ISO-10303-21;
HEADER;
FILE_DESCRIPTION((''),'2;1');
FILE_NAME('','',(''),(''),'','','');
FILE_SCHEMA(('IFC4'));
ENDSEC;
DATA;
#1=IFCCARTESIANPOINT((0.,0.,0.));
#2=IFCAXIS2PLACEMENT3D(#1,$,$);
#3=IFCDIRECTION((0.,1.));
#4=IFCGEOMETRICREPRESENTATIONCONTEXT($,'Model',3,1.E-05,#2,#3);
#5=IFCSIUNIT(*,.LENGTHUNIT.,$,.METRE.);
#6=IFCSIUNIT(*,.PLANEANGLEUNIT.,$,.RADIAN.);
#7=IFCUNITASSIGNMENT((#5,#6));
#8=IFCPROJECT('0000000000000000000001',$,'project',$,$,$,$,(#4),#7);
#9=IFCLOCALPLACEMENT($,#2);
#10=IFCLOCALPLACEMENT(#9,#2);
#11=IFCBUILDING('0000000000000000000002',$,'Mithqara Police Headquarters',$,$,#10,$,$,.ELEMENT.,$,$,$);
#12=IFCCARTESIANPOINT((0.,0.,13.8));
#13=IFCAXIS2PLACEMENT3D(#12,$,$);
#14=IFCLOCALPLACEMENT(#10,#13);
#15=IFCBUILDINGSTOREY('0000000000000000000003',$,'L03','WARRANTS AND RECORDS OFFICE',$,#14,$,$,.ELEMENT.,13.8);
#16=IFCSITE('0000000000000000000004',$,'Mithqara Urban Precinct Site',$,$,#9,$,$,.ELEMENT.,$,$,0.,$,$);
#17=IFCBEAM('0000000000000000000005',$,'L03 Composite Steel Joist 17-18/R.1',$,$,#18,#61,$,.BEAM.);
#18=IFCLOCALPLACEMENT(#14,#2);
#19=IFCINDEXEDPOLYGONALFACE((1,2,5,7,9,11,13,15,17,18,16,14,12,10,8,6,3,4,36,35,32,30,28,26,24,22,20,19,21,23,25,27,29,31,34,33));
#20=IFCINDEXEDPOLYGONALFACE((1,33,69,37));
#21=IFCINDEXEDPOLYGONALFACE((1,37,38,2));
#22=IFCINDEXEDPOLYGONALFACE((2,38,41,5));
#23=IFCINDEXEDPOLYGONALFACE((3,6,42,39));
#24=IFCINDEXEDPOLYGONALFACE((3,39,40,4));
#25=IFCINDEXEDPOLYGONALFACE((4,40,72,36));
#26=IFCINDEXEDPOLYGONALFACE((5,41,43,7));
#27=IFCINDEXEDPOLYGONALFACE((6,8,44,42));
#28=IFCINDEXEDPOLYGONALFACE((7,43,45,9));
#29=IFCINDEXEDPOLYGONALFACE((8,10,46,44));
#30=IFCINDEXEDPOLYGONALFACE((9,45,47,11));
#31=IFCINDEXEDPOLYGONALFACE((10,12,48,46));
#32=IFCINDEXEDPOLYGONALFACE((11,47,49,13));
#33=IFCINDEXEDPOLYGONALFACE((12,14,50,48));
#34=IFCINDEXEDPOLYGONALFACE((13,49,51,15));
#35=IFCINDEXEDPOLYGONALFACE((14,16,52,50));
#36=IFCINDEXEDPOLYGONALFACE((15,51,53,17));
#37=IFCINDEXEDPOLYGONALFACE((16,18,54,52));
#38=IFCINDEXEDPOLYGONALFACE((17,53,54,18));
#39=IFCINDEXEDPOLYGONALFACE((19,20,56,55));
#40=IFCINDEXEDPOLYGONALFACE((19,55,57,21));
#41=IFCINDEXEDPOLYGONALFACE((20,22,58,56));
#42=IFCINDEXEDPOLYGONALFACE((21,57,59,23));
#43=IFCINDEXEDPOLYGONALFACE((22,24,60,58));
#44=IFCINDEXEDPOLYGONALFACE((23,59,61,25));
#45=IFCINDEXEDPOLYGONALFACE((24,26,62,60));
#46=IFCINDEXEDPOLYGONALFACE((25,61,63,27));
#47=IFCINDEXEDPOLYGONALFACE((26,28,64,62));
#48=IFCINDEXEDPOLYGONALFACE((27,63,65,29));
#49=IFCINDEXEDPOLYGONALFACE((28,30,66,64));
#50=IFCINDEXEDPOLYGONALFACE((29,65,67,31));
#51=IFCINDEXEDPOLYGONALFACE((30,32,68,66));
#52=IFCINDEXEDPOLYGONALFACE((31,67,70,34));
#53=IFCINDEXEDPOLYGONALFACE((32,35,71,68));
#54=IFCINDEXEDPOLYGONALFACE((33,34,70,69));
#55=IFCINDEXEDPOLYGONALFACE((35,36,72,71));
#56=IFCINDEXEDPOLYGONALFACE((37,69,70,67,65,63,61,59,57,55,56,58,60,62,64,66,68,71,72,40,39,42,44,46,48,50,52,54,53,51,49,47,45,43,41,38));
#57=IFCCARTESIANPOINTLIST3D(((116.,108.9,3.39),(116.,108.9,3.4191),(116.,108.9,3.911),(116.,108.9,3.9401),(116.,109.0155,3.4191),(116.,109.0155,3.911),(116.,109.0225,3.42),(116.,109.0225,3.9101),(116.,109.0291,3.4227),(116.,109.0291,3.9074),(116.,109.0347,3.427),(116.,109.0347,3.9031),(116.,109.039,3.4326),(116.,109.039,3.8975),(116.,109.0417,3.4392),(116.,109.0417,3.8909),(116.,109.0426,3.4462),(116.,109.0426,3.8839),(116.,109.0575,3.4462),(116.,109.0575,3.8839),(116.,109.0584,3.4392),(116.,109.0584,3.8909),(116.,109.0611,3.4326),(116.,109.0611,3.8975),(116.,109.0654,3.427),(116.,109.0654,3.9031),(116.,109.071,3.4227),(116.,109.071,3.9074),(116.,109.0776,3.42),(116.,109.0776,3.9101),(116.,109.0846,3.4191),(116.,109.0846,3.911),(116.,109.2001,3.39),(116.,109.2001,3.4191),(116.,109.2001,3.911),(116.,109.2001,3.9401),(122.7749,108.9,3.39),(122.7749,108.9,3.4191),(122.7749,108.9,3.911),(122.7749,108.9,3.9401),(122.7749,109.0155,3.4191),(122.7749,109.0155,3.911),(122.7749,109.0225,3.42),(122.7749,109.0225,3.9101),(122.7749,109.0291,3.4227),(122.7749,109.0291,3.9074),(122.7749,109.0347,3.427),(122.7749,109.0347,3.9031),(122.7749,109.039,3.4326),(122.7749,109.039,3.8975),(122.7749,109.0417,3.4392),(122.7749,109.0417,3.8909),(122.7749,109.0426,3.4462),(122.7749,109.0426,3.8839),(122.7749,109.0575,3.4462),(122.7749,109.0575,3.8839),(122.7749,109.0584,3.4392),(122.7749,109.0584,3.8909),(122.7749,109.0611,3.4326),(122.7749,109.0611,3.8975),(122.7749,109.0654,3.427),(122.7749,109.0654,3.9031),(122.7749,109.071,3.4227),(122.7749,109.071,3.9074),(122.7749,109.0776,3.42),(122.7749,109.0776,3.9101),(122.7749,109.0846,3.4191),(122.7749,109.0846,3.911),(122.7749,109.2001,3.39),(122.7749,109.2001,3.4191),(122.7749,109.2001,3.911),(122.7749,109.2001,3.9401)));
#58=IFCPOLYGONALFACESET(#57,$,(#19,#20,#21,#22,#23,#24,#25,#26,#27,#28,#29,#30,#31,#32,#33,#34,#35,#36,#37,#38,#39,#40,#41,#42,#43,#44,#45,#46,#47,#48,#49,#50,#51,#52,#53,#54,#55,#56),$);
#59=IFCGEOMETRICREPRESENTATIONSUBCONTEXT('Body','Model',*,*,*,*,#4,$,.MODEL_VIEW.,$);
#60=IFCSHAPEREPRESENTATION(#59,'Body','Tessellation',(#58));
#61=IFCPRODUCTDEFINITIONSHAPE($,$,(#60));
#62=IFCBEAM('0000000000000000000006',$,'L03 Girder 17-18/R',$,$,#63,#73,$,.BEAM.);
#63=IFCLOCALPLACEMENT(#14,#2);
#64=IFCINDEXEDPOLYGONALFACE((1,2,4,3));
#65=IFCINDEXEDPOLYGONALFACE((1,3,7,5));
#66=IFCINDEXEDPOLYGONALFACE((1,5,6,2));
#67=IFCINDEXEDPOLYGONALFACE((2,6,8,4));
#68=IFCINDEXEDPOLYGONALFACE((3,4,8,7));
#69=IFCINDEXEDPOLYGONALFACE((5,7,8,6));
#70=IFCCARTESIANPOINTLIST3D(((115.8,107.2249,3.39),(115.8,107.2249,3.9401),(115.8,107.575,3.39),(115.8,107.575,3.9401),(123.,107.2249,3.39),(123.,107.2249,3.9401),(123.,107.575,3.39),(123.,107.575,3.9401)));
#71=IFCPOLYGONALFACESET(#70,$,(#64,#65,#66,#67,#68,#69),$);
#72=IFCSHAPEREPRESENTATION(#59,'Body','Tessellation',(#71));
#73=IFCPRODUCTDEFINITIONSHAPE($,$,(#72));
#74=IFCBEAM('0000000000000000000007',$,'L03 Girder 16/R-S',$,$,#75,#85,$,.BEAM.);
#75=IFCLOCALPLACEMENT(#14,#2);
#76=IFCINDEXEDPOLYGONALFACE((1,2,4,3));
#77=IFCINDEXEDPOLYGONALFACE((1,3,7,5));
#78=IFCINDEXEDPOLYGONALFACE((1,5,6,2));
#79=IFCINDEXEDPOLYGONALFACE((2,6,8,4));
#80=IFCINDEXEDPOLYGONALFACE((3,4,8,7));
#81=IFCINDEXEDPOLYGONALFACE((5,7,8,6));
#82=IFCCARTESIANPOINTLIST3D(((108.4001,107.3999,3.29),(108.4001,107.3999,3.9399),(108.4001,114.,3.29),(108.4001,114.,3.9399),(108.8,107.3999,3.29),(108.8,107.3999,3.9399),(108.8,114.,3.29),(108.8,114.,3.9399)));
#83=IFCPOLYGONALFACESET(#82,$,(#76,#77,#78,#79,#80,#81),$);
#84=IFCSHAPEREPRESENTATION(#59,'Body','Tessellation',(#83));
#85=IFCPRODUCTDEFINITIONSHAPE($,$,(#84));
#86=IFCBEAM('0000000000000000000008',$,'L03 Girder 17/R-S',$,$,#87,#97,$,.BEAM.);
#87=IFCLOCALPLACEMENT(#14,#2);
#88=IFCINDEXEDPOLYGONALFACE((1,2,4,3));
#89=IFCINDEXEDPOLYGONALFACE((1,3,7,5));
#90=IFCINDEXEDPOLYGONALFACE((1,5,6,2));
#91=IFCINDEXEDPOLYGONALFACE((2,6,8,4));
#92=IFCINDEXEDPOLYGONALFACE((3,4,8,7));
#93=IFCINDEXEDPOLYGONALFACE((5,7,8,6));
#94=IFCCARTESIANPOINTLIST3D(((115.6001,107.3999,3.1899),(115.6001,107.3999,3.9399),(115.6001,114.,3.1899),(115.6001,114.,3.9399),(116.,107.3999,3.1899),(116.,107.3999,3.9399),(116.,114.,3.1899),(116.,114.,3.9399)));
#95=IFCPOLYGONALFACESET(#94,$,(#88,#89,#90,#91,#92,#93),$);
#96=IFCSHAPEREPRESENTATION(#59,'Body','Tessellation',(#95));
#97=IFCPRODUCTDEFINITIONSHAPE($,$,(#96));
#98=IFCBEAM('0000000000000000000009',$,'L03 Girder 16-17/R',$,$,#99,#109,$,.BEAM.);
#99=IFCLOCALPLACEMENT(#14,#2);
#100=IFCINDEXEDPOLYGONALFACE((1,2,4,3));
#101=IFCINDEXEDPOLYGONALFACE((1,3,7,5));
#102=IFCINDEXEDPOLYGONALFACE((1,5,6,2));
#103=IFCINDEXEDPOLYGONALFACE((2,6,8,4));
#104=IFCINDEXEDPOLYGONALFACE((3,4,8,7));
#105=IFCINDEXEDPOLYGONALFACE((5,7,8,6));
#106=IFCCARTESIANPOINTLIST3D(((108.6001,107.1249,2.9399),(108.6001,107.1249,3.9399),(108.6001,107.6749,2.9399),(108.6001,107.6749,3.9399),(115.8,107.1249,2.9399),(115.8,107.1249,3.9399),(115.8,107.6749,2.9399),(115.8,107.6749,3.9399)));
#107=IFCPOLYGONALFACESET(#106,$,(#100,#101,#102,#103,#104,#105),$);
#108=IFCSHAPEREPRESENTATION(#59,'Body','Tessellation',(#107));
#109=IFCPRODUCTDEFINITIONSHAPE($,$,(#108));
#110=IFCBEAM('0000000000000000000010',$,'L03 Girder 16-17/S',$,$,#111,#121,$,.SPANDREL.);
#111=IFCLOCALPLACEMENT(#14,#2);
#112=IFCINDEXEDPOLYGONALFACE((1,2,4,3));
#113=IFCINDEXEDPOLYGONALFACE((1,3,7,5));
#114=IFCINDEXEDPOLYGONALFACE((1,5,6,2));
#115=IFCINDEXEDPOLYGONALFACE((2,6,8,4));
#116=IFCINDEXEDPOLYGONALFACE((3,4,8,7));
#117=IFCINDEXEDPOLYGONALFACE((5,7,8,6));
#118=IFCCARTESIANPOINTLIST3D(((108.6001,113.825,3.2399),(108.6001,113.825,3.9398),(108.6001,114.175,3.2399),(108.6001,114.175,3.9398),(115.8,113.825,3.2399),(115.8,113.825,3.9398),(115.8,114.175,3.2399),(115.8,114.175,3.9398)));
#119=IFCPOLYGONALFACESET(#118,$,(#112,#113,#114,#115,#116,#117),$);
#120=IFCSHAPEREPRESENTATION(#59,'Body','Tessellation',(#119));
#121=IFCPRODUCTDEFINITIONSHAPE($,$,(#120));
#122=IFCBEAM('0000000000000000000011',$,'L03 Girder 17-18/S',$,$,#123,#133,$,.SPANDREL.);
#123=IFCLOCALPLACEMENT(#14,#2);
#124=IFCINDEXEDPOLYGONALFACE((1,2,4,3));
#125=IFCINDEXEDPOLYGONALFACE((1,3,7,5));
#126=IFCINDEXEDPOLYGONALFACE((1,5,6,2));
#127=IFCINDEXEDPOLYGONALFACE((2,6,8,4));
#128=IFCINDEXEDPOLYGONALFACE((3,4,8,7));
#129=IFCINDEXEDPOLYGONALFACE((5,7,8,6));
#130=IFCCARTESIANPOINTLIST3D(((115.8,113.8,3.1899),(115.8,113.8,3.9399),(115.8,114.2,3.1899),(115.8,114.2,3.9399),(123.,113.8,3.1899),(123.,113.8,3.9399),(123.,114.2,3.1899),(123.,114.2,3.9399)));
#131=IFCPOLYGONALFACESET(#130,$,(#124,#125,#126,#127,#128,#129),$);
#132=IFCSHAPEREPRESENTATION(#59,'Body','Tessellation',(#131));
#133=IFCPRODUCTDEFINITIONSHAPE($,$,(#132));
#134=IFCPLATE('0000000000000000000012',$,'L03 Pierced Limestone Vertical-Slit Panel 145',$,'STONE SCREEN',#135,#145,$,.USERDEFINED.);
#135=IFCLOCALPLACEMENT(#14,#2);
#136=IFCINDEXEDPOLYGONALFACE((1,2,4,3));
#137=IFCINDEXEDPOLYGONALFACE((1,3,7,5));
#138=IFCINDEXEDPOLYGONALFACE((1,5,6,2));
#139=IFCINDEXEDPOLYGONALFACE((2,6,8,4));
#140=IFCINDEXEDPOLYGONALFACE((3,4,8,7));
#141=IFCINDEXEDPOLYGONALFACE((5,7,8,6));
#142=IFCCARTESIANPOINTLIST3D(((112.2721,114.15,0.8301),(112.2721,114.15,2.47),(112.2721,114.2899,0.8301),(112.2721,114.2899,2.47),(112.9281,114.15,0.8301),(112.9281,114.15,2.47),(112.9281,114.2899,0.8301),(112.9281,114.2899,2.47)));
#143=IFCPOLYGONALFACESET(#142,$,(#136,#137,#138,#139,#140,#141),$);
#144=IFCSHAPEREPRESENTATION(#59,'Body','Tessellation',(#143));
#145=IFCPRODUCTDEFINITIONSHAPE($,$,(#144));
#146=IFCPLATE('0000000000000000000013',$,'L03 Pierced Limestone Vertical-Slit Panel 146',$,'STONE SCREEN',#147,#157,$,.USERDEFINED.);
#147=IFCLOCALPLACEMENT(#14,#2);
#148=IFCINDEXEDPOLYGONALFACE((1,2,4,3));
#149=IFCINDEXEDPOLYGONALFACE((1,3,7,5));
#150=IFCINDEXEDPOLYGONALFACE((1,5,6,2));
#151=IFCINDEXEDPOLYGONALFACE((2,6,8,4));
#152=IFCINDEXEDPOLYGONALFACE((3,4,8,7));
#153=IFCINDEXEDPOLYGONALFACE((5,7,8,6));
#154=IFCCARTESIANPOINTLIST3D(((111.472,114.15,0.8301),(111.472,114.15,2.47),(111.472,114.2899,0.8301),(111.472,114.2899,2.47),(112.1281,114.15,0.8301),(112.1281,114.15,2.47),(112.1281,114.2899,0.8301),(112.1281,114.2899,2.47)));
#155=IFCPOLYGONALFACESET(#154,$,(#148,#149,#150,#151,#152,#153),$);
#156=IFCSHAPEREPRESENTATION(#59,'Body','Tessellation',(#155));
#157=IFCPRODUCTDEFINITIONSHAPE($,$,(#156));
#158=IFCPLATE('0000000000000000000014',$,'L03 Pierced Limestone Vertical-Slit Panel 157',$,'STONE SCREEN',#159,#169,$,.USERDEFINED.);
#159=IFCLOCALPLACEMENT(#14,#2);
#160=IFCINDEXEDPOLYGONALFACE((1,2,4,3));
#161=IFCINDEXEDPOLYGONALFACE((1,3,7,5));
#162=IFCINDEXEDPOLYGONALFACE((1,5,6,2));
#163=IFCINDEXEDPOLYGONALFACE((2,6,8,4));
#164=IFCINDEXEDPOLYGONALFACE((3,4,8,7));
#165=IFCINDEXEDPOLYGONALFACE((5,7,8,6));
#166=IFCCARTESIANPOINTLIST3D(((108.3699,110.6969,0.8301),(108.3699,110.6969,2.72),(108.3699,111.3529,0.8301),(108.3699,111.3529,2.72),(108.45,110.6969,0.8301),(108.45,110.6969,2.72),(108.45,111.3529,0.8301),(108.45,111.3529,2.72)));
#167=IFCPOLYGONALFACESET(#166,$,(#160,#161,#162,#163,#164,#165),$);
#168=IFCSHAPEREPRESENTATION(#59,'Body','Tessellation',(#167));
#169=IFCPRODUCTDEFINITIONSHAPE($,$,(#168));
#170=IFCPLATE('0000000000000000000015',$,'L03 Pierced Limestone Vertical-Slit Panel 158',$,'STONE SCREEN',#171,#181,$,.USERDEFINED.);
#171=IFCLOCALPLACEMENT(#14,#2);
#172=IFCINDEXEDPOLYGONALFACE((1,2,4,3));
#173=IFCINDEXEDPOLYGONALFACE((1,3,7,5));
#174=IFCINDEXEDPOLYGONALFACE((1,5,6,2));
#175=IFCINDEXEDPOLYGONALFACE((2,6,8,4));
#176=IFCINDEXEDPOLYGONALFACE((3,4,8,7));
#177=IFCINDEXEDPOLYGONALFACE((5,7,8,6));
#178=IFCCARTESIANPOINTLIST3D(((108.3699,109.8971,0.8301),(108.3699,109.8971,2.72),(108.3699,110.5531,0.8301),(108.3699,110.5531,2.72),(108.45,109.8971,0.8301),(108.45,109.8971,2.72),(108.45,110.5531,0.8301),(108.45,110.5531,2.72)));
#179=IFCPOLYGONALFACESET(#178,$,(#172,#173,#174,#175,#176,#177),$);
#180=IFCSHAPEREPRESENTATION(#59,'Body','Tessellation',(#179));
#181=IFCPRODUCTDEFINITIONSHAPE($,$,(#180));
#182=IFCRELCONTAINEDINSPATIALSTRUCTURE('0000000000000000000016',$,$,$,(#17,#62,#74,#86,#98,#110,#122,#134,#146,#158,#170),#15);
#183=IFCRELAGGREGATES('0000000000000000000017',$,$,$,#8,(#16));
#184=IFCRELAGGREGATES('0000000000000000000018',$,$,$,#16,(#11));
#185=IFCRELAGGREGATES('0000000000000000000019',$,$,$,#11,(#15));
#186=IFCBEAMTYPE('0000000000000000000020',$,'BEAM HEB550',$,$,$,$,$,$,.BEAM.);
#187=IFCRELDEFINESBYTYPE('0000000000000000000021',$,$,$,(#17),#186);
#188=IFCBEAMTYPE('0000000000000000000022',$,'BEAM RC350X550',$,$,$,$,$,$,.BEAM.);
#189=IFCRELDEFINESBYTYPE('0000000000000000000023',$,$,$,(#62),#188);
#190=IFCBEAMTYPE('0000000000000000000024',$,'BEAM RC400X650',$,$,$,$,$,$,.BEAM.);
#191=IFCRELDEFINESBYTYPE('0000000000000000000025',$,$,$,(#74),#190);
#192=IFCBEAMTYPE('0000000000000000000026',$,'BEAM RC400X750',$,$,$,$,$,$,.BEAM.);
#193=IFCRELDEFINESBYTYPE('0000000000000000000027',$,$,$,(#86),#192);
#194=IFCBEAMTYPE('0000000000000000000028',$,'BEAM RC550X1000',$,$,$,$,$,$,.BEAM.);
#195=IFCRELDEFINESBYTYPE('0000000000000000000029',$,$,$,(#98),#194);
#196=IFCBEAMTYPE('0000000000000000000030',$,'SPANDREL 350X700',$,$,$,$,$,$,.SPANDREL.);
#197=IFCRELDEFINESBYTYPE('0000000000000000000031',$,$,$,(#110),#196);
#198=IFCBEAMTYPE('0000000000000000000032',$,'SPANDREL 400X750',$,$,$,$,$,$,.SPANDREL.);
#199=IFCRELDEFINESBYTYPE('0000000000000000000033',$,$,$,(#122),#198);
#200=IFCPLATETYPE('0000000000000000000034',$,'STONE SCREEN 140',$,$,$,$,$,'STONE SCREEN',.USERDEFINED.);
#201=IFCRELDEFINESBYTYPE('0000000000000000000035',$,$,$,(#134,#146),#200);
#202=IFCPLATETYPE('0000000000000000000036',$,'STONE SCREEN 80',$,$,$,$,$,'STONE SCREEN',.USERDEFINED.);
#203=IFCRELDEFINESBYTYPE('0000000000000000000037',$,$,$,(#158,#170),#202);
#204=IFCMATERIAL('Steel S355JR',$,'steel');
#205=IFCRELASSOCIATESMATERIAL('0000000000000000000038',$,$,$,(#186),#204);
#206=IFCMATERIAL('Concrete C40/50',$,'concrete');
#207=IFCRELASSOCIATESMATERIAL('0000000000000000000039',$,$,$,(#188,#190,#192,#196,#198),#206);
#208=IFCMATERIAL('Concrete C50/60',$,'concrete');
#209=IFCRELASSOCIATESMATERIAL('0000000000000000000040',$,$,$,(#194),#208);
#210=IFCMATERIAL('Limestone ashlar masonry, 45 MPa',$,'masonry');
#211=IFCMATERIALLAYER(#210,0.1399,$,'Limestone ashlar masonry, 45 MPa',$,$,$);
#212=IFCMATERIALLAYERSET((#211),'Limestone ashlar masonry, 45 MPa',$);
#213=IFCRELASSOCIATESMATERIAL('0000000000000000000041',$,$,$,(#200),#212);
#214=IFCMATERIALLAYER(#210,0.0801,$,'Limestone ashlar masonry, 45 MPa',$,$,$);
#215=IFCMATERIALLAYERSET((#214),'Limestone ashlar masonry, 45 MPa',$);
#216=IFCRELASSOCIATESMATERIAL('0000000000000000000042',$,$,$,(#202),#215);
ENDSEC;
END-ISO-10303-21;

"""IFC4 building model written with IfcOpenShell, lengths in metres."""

from ifc_helpers import new_model, si_unit, direction, frame, origin, origin_2d, place, context, subcontext, project, spatial, rectangle, i_section, extrude, material, layer, layer_set, material_profile, profile_set, type_object, element, save


model = new_model("IFC4")

# Units and contexts
model_context = context("Model", 3, precision=1e-05, world=origin(), true_north=direction((0.0, 1.0)))
body_context = subcontext(model_context, "Body", "Model", "MODEL_VIEW")
ifc_project = project(units=[si_unit("LENGTHUNIT", "METRE"), si_unit("PLANEANGLEUNIT", "RADIAN")], contexts=[model_context])

# Site, building, storey
site_placement = place(None, origin())
site = spatial("IfcSite", under=ifc_project, at=site_placement, Name="Mithqara Urban Precinct Site", CompositionType="ELEMENT", RefElevation=0.0)
building_placement = place(site_placement, origin())
building = spatial("IfcBuilding", under=site, at=building_placement, Name="Mithqara Police Headquarters", CompositionType="ELEMENT")
storey_placement = place(building_placement, frame((0.0, 0.0, 13.8)))
storey = spatial("IfcBuildingStorey", under=building, at=storey_placement, Name="L03", Description="WARRANTS AND RECORDS OFFICE", CompositionType="ELEMENT", Elevation=13.8)

# Shared definitions
ifc_material_1 = material(Name="Concrete C50/60", Category="concrete")

# Beams
ifc_material_2 = material(Name="Steel S355JR", Category="steel")
ifc_material_profile_1 = material_profile(ifc_material_2, i_section(OverallWidth=0.3, OverallDepth=0.55, WebThickness=0.0149, FlangeThickness=0.0291, FilletRadius=0.0271, at=origin_2d()), Name="HEB 550")
ifc_profile_set_1 = profile_set([ifc_material_profile_1], Name="Steel S355JR")
beam_type_1 = type_object("IfcBeamType", Name="BEAM HEB550", PredefinedType="BEAM", material=ifc_profile_set_1)
beam_1_placement = place(storey_placement, frame((116.0, 109.05, 3.665), z_axis=(1.0, 0.0, 0.0), x_axis=(0.0, 1.0, 0.0)))
element("IfcBeam", 1, at=beam_1_placement, inside=storey, type_object=beam_type_1, Name="L03 Composite Steel Joist 17-18/R.1", PredefinedType="BEAM", context=body_context, shape_type="SweptSolid", body=[
    extrude(i_section(OverallWidth=0.3, OverallDepth=0.55, WebThickness=0.0149, FlangeThickness=0.0291, FilletRadius=0.0271, at=origin_2d()), origin(), (0.0, 0.0, 1.0), 6.7749),
])
ifc_material_3 = material(Name="Concrete C40/50", Category="concrete")
ifc_material_profile_2 = material_profile(ifc_material_3, rectangle(XDim=0.3501, YDim=0.55, at=origin_2d()), Name="RC 350x550")
ifc_profile_set_2 = profile_set([ifc_material_profile_2], Name="Concrete C40/50")
beam_type_2 = type_object("IfcBeamType", Name="BEAM RC350X550", PredefinedType="BEAM", material=ifc_profile_set_2)
beam_2_placement = place(storey_placement, frame((115.8, 107.3999, 3.665), z_axis=(1.0, 0.0, 0.0), x_axis=(0.0, 1.0, 0.0)))
element("IfcBeam", 2, at=beam_2_placement, inside=storey, type_object=beam_type_2, Name="L03 Girder 17-18/R", PredefinedType="BEAM", context=body_context, shape_type="SweptSolid", body=[
    extrude(rectangle(XDim=0.3501, YDim=0.55, at=origin_2d()), origin(), (0.0, 0.0, 1.0), 7.2),
])
ifc_material_profile_3 = material_profile(ifc_material_3, rectangle(XDim=0.3999, YDim=0.6499, at=origin_2d()), Name="RC 400x650")
ifc_profile_set_3 = profile_set([ifc_material_profile_3], Name="Concrete C40/50")
beam_type_3 = type_object("IfcBeamType", Name="BEAM RC400X650", PredefinedType="BEAM", material=ifc_profile_set_3)
beam_3_placement = place(storey_placement, frame((108.6001, 107.3999, 3.615), z_axis=(0.0, 1.0, 0.0), x_axis=(-1.0, 0.0, 0.0)))
element("IfcBeam", 3, at=beam_3_placement, inside=storey, type_object=beam_type_3, Name="L03 Girder 16/R-S", PredefinedType="BEAM", context=body_context, shape_type="SweptSolid", body=[
    extrude(rectangle(XDim=0.3999, YDim=0.6499, at=origin_2d()), origin(), (0.0, 0.0, 1.0), 6.6001),
])
ifc_material_profile_4 = material_profile(ifc_material_3, rectangle(XDim=0.3999, YDim=0.75, at=origin_2d()), Name="RC 400x750")
ifc_profile_set_4 = profile_set([ifc_material_profile_4], Name="Concrete C40/50")
beam_type_4 = type_object("IfcBeamType", Name="BEAM RC400X750", PredefinedType="BEAM", material=ifc_profile_set_4)
beam_4_placement = place(storey_placement, frame((115.8, 107.3999, 3.5649), z_axis=(0.0, 1.0, 0.0), x_axis=(-1.0, 0.0, 0.0)))
element("IfcBeam", 4, at=beam_4_placement, inside=storey, type_object=beam_type_4, Name="L03 Girder 17/R-S", PredefinedType="BEAM", context=body_context, shape_type="SweptSolid", body=[
    extrude(rectangle(XDim=0.3999, YDim=0.75, at=origin_2d()), origin(), (0.0, 0.0, 1.0), 6.6001),
])
ifc_material_profile_5 = material_profile(ifc_material_1, rectangle(XDim=0.55, YDim=1.0, at=origin_2d()), Name="RC 550x1000")
ifc_profile_set_5 = profile_set([ifc_material_profile_5], Name="Concrete C50/60")
beam_type_5 = type_object("IfcBeamType", Name="BEAM RC550X1000", PredefinedType="BEAM", material=ifc_profile_set_5)
beam_5_placement = place(storey_placement, frame((108.6001, 107.3999, 3.4399), z_axis=(1.0, 0.0, 0.0), x_axis=(0.0, 1.0, 0.0)))
element("IfcBeam", 5, at=beam_5_placement, inside=storey, type_object=beam_type_5, Name="L03 Girder 16-17/R", PredefinedType="BEAM", context=body_context, shape_type="SweptSolid", body=[
    extrude(rectangle(XDim=0.55, YDim=1.0, at=origin_2d()), origin(), (0.0, 0.0, 1.0), 7.2),
])
ifc_material_profile_6 = material_profile(ifc_material_3, rectangle(XDim=0.3501, YDim=0.7, at=origin_2d()), Name="SPB 350x700")
ifc_profile_set_6 = profile_set([ifc_material_profile_6], Name="Concrete C40/50")
beam_type_6 = type_object("IfcBeamType", Name="SPANDREL 350X700", PredefinedType="SPANDREL", material=ifc_profile_set_6)
beam_6_placement = place(storey_placement, frame((108.6001, 114.0, 3.5898), z_axis=(1.0, 0.0, 0.0), x_axis=(0.0, 1.0, 0.0)))
element("IfcBeam", 6, at=beam_6_placement, inside=storey, type_object=beam_type_6, Name="L03 Girder 16-17/S", PredefinedType="SPANDREL", context=body_context, shape_type="SweptSolid", body=[
    extrude(rectangle(XDim=0.3501, YDim=0.7, at=origin_2d()), origin(), (0.0, 0.0, 1.0), 7.2),
])
ifc_material_profile_7 = material_profile(ifc_material_3, rectangle(XDim=0.3999, YDim=0.75, at=origin_2d()), Name="SPB 400x750")
ifc_profile_set_7 = profile_set([ifc_material_profile_7], Name="Concrete C40/50")
beam_type_7 = type_object("IfcBeamType", Name="SPANDREL 400X750", PredefinedType="SPANDREL", material=ifc_profile_set_7)
beam_7_placement = place(storey_placement, frame((115.8, 114.0, 3.5649), z_axis=(1.0, 0.0, 0.0), x_axis=(0.0, 1.0, 0.0)))
element("IfcBeam", 7, at=beam_7_placement, inside=storey, type_object=beam_type_7, Name="L03 Girder 17-18/S", PredefinedType="SPANDREL", context=body_context, shape_type="SweptSolid", body=[
    extrude(rectangle(XDim=0.3999, YDim=0.75, at=origin_2d()), origin(), (0.0, 0.0, 1.0), 7.2),
])

# Plates
ifc_material_4 = material(Name="Limestone ashlar masonry, 45 MPa", Category="masonry")
ifc_layer_1 = layer(ifc_material_4, 0.1399, Name="Limestone ashlar masonry, 45 MPa")
ifc_layer_set_1 = layer_set([ifc_layer_1], Name="Limestone ashlar masonry, 45 MPa")
plate_type_1 = type_object("IfcPlateType", Name="STONE SCREEN 140", ElementType="STONE SCREEN", PredefinedType="USERDEFINED", material=ifc_layer_set_1)
for number, where, z_axis, x_axis, name in (
    (8, (112.6001, 114.22, 0.8301), (0.0, 0.0, 1.0), (1.0, 0.0, 0.0), "L03 Pierced Limestone Vertical-Slit Panel 145"),
    (9, (111.8, 114.22, 0.8301), (0.0, 0.0, 1.0), (1.0, 0.0, 0.0), "L03 Pierced Limestone Vertical-Slit Panel 146"),
):
    element("IfcPlate", number, at=place(storey_placement, frame(where, z_axis=z_axis, x_axis=x_axis)), inside=storey, type_object=plate_type_1, Name=name, ObjectType="STONE SCREEN", PredefinedType="USERDEFINED", context=body_context, shape_type="SweptSolid", body=[
        extrude(rectangle(XDim=0.656, YDim=0.1399, at=origin_2d()), origin(), (0.0, 0.0, 1.0), 1.6399),
    ])
ifc_layer_2 = layer(ifc_material_4, 0.0801, Name="Limestone ashlar masonry, 45 MPa")
ifc_layer_set_2 = layer_set([ifc_layer_2], Name="Limestone ashlar masonry, 45 MPa")
plate_type_2 = type_object("IfcPlateType", Name="STONE SCREEN 80", ElementType="STONE SCREEN", PredefinedType="USERDEFINED", material=ifc_layer_set_2)
for number, where, z_axis, x_axis, name in (
    (10, (108.4099, 111.0249, 0.8301), (0.0, 0.0, 1.0), (0.0, 1.0, 0.0), "L03 Pierced Limestone Vertical-Slit Panel 157"),
    (11, (108.4099, 110.2251, 0.8301), (0.0, 0.0, 1.0), (0.0, 1.0, 0.0), "L03 Pierced Limestone Vertical-Slit Panel 158"),
):
    element("IfcPlate", number, at=place(storey_placement, frame(where, z_axis=z_axis, x_axis=x_axis)), inside=storey, type_object=plate_type_2, Name=name, ObjectType="STONE SCREEN", PredefinedType="USERDEFINED", context=body_context, shape_type="SweptSolid", body=[
        extrude(rectangle(XDim=0.656, YDim=0.0801, at=origin_2d()), origin(), (0.0, 0.0, 1.0), 1.8899),
    ])

save(model, "model.ifc")
